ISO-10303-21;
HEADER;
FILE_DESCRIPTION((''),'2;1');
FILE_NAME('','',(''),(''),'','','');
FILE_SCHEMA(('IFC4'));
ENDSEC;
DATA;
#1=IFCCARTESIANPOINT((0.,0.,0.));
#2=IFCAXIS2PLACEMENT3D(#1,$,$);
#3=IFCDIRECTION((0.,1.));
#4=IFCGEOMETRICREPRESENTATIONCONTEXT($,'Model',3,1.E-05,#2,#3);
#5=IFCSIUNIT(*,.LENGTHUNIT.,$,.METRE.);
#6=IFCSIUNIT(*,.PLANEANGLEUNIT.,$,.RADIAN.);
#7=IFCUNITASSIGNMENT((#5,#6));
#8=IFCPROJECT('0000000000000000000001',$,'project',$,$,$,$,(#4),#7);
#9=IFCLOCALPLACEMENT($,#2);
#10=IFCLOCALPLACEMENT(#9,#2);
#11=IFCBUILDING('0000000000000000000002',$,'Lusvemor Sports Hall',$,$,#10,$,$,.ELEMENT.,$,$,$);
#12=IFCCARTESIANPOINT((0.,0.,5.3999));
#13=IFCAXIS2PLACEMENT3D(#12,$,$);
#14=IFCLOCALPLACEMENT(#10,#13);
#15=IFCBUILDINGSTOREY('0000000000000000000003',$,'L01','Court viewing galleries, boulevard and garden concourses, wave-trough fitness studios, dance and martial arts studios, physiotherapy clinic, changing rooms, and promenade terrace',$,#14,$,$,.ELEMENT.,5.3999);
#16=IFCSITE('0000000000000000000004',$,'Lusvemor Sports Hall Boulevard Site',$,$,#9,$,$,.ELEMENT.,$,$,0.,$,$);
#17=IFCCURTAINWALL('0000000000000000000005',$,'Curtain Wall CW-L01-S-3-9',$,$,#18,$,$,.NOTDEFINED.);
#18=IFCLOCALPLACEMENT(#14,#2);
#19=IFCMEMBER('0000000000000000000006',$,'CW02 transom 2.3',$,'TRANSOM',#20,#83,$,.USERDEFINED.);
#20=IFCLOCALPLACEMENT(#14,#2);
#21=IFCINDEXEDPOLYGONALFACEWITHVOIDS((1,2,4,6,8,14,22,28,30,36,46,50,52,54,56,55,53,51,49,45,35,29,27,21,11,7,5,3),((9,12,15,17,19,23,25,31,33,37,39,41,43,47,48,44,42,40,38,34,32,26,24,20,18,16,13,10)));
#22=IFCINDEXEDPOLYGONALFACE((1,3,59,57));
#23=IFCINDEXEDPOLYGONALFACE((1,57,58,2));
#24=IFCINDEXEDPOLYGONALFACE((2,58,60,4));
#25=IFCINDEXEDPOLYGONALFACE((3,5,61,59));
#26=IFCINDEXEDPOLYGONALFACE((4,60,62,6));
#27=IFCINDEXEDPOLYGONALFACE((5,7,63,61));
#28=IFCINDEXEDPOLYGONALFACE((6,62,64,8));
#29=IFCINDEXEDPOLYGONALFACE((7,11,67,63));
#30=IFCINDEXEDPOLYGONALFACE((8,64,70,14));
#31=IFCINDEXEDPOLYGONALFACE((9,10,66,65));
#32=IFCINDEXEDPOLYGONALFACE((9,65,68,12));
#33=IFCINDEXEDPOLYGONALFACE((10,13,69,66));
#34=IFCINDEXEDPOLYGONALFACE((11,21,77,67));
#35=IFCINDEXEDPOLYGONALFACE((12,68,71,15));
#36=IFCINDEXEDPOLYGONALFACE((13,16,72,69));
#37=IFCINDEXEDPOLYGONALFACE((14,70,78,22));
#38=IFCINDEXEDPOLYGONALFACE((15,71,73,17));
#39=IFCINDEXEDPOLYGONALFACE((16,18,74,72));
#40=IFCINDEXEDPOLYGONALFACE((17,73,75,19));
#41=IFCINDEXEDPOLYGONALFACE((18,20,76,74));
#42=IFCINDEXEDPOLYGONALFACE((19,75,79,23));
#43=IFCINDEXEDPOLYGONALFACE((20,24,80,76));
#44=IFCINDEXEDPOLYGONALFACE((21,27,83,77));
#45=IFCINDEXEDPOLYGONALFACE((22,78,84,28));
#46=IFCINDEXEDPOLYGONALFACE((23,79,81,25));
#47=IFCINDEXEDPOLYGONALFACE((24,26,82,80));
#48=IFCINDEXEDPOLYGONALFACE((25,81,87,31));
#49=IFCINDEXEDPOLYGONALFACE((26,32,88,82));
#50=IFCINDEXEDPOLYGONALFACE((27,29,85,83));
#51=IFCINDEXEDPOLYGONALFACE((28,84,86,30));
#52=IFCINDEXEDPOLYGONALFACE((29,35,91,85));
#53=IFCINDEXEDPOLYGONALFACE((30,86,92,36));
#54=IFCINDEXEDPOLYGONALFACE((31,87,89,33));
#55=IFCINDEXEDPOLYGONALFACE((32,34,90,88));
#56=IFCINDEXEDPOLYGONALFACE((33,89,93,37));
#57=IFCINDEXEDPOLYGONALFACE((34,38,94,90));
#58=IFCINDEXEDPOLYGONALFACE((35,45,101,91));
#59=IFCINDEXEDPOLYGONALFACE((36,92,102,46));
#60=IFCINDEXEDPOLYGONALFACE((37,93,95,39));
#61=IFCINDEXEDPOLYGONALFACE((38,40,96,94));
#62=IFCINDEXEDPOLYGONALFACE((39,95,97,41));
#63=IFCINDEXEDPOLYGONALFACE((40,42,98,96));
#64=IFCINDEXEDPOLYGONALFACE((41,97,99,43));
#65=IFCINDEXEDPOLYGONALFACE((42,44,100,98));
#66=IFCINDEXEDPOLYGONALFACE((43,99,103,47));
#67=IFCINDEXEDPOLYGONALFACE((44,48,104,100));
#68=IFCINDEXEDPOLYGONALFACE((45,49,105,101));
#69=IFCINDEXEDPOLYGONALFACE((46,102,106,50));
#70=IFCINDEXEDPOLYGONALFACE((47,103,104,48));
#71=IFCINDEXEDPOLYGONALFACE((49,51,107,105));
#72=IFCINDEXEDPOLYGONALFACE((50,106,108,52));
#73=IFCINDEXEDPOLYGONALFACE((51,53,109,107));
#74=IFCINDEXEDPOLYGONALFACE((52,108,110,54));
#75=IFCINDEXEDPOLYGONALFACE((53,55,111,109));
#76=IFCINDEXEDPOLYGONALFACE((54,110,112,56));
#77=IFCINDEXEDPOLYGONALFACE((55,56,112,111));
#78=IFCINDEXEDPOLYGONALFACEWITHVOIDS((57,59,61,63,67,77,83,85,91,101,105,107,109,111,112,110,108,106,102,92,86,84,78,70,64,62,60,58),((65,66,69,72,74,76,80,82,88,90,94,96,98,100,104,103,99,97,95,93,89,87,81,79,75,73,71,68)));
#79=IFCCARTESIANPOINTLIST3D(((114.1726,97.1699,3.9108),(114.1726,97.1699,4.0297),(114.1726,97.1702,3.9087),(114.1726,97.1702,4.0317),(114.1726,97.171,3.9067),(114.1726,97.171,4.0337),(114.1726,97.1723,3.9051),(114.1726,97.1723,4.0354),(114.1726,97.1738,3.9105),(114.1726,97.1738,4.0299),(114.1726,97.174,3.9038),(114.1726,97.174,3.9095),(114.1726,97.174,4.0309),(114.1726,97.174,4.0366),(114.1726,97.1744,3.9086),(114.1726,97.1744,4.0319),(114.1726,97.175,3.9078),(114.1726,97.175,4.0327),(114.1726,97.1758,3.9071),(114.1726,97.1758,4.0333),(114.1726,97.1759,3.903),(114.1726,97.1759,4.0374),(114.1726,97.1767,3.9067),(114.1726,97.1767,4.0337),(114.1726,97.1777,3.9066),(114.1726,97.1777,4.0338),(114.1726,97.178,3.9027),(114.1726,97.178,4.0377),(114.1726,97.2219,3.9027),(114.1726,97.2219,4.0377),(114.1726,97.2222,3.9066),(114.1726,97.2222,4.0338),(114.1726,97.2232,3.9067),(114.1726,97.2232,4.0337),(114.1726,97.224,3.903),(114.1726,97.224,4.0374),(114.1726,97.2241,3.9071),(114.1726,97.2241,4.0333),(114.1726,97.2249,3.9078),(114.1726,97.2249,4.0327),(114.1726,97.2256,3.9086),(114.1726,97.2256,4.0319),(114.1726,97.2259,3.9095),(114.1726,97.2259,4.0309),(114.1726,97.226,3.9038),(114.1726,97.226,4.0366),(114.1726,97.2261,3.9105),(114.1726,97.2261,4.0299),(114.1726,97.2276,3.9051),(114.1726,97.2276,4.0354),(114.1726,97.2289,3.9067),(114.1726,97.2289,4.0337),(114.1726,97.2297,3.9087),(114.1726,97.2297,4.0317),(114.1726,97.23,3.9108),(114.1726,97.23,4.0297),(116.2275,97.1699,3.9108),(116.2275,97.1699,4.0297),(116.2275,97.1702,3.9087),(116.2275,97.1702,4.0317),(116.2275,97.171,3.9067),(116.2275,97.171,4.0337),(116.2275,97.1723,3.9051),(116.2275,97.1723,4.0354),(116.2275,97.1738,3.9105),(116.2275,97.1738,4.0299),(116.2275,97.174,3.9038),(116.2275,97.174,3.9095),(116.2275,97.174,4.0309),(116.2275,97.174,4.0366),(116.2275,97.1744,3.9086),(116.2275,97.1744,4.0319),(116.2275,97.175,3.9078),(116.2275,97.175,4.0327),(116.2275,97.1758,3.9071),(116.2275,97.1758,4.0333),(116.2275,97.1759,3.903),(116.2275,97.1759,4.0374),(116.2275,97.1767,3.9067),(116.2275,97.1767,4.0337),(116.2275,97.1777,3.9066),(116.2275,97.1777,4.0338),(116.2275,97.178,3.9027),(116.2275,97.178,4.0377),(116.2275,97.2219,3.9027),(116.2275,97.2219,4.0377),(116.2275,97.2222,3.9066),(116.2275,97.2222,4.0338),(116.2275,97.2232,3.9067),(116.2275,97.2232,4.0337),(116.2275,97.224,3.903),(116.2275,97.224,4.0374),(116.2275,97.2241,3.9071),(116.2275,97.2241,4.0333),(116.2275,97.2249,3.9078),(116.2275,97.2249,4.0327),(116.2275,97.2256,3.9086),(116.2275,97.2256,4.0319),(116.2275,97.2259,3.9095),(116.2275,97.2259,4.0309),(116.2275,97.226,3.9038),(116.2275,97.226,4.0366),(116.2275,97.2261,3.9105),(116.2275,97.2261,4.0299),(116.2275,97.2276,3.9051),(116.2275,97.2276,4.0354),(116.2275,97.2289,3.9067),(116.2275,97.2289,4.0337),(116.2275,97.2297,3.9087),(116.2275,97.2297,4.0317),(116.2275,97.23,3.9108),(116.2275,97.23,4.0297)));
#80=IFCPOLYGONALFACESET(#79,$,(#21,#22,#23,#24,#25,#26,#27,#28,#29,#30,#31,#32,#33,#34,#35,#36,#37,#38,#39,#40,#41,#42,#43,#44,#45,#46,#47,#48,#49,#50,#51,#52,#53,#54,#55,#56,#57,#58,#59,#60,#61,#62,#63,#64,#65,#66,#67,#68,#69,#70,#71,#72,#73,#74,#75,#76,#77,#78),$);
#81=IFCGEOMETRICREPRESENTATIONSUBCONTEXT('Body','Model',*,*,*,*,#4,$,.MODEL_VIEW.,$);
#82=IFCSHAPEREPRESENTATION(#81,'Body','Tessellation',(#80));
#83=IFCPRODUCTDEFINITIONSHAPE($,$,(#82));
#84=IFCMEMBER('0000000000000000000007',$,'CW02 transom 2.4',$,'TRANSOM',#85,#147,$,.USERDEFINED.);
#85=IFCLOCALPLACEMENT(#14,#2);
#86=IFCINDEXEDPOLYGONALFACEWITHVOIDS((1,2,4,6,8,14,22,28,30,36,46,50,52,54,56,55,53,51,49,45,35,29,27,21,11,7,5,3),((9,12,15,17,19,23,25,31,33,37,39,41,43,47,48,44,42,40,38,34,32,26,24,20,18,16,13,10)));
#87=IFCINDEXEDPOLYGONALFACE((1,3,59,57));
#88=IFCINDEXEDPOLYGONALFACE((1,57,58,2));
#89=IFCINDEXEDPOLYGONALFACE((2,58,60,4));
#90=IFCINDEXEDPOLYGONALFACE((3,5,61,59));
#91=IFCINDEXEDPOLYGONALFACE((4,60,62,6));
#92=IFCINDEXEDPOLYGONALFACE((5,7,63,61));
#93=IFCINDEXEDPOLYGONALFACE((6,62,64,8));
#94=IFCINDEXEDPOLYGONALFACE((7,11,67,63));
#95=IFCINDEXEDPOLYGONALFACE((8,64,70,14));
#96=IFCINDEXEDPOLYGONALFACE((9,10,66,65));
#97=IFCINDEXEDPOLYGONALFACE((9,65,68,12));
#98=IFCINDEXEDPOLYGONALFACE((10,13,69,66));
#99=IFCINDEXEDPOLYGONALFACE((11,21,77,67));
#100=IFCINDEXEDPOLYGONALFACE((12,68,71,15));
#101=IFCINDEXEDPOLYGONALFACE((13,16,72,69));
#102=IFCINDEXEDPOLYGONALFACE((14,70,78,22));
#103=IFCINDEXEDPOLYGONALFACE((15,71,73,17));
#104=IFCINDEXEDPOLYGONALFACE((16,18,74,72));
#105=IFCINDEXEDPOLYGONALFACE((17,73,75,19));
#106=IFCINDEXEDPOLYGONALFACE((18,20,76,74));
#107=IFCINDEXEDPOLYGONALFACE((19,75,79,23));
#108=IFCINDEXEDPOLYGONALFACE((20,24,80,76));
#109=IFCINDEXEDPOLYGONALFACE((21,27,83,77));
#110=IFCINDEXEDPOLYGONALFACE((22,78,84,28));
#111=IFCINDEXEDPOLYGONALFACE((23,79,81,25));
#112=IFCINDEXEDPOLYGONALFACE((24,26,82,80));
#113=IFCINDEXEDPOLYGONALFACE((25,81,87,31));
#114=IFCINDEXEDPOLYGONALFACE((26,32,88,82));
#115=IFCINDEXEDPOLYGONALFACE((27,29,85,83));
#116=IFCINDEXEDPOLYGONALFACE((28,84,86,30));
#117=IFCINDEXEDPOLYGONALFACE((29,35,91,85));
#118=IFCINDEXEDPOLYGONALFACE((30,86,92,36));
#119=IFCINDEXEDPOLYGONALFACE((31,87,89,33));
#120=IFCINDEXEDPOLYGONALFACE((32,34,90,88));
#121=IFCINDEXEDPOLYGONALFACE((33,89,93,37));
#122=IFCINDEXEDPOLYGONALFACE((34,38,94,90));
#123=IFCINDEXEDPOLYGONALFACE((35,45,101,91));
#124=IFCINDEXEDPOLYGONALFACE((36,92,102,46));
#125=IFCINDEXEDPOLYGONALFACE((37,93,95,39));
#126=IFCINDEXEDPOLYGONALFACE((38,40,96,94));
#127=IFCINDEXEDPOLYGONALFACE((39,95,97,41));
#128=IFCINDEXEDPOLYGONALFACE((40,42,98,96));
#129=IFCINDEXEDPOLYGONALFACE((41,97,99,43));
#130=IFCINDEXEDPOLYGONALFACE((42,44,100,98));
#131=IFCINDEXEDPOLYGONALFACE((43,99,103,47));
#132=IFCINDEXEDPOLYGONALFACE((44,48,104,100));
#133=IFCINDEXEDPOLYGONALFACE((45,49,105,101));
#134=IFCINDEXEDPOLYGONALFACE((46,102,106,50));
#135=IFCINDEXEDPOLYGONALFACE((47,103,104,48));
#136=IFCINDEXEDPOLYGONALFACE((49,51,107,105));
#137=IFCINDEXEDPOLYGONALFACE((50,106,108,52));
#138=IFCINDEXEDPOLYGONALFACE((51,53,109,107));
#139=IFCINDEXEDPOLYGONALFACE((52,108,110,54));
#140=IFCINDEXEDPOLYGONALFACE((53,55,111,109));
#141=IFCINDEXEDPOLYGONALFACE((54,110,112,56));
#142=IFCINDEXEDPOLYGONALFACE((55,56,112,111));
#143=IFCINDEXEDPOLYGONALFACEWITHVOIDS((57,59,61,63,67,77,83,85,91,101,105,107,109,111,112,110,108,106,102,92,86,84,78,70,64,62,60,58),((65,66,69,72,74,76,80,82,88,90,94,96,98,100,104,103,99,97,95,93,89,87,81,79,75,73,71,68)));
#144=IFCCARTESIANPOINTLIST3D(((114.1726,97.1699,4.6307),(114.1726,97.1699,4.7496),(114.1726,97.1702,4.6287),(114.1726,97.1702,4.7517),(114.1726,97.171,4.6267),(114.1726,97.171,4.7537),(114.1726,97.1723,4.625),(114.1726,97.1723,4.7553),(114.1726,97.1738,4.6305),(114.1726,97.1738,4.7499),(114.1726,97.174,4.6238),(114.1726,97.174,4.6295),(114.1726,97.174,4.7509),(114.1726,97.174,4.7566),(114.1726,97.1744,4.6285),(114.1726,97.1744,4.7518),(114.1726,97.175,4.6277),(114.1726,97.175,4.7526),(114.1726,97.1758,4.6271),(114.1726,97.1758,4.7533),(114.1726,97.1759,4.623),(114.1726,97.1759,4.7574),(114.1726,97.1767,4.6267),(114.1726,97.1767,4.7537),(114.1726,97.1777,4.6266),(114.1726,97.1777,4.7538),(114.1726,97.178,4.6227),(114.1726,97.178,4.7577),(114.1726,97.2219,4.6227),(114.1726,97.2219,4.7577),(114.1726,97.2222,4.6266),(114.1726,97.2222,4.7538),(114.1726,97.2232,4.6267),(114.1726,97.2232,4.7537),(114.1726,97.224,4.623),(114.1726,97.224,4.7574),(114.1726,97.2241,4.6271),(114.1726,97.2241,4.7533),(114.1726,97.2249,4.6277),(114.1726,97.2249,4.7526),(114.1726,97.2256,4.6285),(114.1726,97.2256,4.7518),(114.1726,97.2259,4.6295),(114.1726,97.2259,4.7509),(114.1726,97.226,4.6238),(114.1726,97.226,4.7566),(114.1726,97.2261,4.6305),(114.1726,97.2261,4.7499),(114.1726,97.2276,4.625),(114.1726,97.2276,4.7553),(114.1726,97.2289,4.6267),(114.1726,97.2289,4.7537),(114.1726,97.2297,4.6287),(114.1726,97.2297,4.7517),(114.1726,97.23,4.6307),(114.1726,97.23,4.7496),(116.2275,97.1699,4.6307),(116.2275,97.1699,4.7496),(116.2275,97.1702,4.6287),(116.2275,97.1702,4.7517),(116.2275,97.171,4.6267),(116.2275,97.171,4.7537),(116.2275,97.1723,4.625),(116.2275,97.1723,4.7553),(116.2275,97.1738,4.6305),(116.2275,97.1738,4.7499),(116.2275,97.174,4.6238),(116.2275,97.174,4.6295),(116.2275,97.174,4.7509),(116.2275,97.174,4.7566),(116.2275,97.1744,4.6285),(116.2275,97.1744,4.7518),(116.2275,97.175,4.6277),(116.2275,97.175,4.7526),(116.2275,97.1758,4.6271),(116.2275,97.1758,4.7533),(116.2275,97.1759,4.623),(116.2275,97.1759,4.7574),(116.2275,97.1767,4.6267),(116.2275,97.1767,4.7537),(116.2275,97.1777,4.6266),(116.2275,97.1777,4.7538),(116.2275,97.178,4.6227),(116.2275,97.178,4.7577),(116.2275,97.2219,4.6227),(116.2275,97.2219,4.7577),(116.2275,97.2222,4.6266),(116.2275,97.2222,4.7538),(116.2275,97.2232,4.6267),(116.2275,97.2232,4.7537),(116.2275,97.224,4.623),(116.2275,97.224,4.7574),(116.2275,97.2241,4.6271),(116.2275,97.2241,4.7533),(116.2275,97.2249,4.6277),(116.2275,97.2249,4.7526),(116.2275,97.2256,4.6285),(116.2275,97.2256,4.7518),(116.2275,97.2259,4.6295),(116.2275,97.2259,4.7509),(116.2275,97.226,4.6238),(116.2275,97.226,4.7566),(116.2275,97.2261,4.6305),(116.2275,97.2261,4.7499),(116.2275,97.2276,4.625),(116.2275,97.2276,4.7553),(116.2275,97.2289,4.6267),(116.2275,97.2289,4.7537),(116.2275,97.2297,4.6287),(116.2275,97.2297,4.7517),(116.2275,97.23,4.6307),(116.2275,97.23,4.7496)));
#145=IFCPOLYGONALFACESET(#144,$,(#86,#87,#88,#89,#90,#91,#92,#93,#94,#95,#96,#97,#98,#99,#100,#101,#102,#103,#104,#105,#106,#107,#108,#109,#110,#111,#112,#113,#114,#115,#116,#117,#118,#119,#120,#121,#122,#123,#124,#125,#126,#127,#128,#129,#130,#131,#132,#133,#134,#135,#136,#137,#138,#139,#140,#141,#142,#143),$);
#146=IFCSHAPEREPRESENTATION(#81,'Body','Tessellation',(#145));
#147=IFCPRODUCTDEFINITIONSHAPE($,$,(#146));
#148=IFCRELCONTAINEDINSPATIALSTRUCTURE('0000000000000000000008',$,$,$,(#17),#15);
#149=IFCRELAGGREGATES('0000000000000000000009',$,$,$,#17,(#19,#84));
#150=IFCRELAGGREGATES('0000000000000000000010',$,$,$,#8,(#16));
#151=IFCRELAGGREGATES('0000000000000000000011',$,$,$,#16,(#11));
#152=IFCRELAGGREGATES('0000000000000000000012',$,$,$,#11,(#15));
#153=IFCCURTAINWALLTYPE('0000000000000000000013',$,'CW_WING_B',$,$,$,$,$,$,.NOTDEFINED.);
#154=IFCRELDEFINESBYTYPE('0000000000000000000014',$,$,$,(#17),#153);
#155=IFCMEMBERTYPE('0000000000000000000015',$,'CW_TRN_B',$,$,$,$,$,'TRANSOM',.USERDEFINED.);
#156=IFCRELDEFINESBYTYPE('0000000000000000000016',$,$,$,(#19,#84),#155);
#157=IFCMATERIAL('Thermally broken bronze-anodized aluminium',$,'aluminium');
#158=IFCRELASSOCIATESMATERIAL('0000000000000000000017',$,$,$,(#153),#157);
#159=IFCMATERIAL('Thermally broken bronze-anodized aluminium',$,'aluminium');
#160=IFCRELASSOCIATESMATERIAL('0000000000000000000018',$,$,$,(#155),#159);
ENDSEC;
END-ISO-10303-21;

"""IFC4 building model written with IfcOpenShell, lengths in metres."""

from ifc_helpers import new_model, si_unit, direction, frame, origin, origin_2d, place, context, subcontext, project, spatial, hollow_rectangle, extrude, material, material_profile, profile_set, type_object, element, aggregate, save


model = new_model("IFC4")

# Units and contexts
model_context = context("Model", 3, precision=1e-05, world=origin(), true_north=direction((0.0, 1.0)))
body_context = subcontext(model_context, "Body", "Model", "MODEL_VIEW")
ifc_project = project(units=[si_unit("LENGTHUNIT", "METRE"), si_unit("PLANEANGLEUNIT", "RADIAN")], contexts=[model_context])

# Site, building, storey
site_placement = place(None, origin())
site = spatial("IfcSite", under=ifc_project, at=site_placement, Name="Lusvemor Sports Hall Boulevard Site", CompositionType="ELEMENT", RefElevation=0.0)
building_placement = place(site_placement, origin())
building = spatial("IfcBuilding", under=site, at=building_placement, Name="Lusvemor Sports Hall", CompositionType="ELEMENT")
storey_placement = place(building_placement, frame((0.0, 0.0, 5.3999)))
storey = spatial("IfcBuildingStorey", under=building, at=storey_placement, Name="L01", Description="Court viewing galleries, boulevard and garden concourses, wave-trough fitness studios, dance and martial arts studios, physiotherapy clinic, changing rooms, and promenade terrace", CompositionType="ELEMENT", Elevation=5.3999)

# Curtain wall, members
ifc_material_1 = material(Name="Thermally broken bronze-anodized aluminium", Category="aluminium")
curtain_wall_type = type_object("IfcCurtainWallType", Name="CW_WING_B", PredefinedType="NOTDEFINED", material=ifc_material_1)
curtain_wall_placement = place(storey_placement, origin())
curtain_wall = element("IfcCurtainWall", 1, at=curtain_wall_placement, inside=storey, type_object=curtain_wall_type, Name="Curtain Wall CW-L01-S-3-9", PredefinedType="NOTDEFINED")
ifc_material_2 = material(Name="Thermally broken bronze-anodized aluminium", Category="aluminium")
ifc_material_profile_1 = material_profile(ifc_material_2, hollow_rectangle(XDim=0.0601, YDim=0.135, WallThickness=0.0039, InnerFilletRadius=0.0039, OuterFilletRadius=0.0081, at=origin_2d()), Name="CWTRN135x60x4")
ifc_profile_set_1 = profile_set([ifc_material_profile_1], Name="Thermally broken bronze-anodized aluminium")
member_type_1 = type_object("IfcMemberType", Name="CW_TRN_B", ElementType="TRANSOM", PredefinedType="USERDEFINED", material=ifc_profile_set_1)
member_1_placement = place(storey_placement, frame((116.2275, 97.2, 3.9702), z_axis=(-1.0, 0.0, 0.0), x_axis=(0.0, -1.0, 0.0)))
member_1 = element("IfcMember", 2, at=member_1_placement, type_object=member_type_1, Name="CW02 transom 2.3", ObjectType="TRANSOM", PredefinedType="USERDEFINED", context=body_context, shape_type="SweptSolid", body=[
    extrude(hollow_rectangle(XDim=0.0601, YDim=0.135, WallThickness=0.0039, InnerFilletRadius=0.0039, OuterFilletRadius=0.0081, at=origin_2d()), origin(), (0.0, 0.0, 1.0), 2.0549),
])
member_2_placement = place(storey_placement, frame((116.2275, 97.2, 4.6902), z_axis=(-1.0, 0.0, 0.0), x_axis=(0.0, -1.0, 0.0)))
member_2 = element("IfcMember", 3, at=member_2_placement, type_object=member_type_1, Name="CW02 transom 2.4", ObjectType="TRANSOM", PredefinedType="USERDEFINED", context=body_context, shape_type="SweptSolid", body=[
    extrude(hollow_rectangle(XDim=0.0601, YDim=0.135, WallThickness=0.0039, InnerFilletRadius=0.0039, OuterFilletRadius=0.0081, at=origin_2d()), origin(), (0.0, 0.0, 1.0), 2.0549),
])

aggregate(curtain_wall, [member_1, member_2])

save(model, "model.ifc")
